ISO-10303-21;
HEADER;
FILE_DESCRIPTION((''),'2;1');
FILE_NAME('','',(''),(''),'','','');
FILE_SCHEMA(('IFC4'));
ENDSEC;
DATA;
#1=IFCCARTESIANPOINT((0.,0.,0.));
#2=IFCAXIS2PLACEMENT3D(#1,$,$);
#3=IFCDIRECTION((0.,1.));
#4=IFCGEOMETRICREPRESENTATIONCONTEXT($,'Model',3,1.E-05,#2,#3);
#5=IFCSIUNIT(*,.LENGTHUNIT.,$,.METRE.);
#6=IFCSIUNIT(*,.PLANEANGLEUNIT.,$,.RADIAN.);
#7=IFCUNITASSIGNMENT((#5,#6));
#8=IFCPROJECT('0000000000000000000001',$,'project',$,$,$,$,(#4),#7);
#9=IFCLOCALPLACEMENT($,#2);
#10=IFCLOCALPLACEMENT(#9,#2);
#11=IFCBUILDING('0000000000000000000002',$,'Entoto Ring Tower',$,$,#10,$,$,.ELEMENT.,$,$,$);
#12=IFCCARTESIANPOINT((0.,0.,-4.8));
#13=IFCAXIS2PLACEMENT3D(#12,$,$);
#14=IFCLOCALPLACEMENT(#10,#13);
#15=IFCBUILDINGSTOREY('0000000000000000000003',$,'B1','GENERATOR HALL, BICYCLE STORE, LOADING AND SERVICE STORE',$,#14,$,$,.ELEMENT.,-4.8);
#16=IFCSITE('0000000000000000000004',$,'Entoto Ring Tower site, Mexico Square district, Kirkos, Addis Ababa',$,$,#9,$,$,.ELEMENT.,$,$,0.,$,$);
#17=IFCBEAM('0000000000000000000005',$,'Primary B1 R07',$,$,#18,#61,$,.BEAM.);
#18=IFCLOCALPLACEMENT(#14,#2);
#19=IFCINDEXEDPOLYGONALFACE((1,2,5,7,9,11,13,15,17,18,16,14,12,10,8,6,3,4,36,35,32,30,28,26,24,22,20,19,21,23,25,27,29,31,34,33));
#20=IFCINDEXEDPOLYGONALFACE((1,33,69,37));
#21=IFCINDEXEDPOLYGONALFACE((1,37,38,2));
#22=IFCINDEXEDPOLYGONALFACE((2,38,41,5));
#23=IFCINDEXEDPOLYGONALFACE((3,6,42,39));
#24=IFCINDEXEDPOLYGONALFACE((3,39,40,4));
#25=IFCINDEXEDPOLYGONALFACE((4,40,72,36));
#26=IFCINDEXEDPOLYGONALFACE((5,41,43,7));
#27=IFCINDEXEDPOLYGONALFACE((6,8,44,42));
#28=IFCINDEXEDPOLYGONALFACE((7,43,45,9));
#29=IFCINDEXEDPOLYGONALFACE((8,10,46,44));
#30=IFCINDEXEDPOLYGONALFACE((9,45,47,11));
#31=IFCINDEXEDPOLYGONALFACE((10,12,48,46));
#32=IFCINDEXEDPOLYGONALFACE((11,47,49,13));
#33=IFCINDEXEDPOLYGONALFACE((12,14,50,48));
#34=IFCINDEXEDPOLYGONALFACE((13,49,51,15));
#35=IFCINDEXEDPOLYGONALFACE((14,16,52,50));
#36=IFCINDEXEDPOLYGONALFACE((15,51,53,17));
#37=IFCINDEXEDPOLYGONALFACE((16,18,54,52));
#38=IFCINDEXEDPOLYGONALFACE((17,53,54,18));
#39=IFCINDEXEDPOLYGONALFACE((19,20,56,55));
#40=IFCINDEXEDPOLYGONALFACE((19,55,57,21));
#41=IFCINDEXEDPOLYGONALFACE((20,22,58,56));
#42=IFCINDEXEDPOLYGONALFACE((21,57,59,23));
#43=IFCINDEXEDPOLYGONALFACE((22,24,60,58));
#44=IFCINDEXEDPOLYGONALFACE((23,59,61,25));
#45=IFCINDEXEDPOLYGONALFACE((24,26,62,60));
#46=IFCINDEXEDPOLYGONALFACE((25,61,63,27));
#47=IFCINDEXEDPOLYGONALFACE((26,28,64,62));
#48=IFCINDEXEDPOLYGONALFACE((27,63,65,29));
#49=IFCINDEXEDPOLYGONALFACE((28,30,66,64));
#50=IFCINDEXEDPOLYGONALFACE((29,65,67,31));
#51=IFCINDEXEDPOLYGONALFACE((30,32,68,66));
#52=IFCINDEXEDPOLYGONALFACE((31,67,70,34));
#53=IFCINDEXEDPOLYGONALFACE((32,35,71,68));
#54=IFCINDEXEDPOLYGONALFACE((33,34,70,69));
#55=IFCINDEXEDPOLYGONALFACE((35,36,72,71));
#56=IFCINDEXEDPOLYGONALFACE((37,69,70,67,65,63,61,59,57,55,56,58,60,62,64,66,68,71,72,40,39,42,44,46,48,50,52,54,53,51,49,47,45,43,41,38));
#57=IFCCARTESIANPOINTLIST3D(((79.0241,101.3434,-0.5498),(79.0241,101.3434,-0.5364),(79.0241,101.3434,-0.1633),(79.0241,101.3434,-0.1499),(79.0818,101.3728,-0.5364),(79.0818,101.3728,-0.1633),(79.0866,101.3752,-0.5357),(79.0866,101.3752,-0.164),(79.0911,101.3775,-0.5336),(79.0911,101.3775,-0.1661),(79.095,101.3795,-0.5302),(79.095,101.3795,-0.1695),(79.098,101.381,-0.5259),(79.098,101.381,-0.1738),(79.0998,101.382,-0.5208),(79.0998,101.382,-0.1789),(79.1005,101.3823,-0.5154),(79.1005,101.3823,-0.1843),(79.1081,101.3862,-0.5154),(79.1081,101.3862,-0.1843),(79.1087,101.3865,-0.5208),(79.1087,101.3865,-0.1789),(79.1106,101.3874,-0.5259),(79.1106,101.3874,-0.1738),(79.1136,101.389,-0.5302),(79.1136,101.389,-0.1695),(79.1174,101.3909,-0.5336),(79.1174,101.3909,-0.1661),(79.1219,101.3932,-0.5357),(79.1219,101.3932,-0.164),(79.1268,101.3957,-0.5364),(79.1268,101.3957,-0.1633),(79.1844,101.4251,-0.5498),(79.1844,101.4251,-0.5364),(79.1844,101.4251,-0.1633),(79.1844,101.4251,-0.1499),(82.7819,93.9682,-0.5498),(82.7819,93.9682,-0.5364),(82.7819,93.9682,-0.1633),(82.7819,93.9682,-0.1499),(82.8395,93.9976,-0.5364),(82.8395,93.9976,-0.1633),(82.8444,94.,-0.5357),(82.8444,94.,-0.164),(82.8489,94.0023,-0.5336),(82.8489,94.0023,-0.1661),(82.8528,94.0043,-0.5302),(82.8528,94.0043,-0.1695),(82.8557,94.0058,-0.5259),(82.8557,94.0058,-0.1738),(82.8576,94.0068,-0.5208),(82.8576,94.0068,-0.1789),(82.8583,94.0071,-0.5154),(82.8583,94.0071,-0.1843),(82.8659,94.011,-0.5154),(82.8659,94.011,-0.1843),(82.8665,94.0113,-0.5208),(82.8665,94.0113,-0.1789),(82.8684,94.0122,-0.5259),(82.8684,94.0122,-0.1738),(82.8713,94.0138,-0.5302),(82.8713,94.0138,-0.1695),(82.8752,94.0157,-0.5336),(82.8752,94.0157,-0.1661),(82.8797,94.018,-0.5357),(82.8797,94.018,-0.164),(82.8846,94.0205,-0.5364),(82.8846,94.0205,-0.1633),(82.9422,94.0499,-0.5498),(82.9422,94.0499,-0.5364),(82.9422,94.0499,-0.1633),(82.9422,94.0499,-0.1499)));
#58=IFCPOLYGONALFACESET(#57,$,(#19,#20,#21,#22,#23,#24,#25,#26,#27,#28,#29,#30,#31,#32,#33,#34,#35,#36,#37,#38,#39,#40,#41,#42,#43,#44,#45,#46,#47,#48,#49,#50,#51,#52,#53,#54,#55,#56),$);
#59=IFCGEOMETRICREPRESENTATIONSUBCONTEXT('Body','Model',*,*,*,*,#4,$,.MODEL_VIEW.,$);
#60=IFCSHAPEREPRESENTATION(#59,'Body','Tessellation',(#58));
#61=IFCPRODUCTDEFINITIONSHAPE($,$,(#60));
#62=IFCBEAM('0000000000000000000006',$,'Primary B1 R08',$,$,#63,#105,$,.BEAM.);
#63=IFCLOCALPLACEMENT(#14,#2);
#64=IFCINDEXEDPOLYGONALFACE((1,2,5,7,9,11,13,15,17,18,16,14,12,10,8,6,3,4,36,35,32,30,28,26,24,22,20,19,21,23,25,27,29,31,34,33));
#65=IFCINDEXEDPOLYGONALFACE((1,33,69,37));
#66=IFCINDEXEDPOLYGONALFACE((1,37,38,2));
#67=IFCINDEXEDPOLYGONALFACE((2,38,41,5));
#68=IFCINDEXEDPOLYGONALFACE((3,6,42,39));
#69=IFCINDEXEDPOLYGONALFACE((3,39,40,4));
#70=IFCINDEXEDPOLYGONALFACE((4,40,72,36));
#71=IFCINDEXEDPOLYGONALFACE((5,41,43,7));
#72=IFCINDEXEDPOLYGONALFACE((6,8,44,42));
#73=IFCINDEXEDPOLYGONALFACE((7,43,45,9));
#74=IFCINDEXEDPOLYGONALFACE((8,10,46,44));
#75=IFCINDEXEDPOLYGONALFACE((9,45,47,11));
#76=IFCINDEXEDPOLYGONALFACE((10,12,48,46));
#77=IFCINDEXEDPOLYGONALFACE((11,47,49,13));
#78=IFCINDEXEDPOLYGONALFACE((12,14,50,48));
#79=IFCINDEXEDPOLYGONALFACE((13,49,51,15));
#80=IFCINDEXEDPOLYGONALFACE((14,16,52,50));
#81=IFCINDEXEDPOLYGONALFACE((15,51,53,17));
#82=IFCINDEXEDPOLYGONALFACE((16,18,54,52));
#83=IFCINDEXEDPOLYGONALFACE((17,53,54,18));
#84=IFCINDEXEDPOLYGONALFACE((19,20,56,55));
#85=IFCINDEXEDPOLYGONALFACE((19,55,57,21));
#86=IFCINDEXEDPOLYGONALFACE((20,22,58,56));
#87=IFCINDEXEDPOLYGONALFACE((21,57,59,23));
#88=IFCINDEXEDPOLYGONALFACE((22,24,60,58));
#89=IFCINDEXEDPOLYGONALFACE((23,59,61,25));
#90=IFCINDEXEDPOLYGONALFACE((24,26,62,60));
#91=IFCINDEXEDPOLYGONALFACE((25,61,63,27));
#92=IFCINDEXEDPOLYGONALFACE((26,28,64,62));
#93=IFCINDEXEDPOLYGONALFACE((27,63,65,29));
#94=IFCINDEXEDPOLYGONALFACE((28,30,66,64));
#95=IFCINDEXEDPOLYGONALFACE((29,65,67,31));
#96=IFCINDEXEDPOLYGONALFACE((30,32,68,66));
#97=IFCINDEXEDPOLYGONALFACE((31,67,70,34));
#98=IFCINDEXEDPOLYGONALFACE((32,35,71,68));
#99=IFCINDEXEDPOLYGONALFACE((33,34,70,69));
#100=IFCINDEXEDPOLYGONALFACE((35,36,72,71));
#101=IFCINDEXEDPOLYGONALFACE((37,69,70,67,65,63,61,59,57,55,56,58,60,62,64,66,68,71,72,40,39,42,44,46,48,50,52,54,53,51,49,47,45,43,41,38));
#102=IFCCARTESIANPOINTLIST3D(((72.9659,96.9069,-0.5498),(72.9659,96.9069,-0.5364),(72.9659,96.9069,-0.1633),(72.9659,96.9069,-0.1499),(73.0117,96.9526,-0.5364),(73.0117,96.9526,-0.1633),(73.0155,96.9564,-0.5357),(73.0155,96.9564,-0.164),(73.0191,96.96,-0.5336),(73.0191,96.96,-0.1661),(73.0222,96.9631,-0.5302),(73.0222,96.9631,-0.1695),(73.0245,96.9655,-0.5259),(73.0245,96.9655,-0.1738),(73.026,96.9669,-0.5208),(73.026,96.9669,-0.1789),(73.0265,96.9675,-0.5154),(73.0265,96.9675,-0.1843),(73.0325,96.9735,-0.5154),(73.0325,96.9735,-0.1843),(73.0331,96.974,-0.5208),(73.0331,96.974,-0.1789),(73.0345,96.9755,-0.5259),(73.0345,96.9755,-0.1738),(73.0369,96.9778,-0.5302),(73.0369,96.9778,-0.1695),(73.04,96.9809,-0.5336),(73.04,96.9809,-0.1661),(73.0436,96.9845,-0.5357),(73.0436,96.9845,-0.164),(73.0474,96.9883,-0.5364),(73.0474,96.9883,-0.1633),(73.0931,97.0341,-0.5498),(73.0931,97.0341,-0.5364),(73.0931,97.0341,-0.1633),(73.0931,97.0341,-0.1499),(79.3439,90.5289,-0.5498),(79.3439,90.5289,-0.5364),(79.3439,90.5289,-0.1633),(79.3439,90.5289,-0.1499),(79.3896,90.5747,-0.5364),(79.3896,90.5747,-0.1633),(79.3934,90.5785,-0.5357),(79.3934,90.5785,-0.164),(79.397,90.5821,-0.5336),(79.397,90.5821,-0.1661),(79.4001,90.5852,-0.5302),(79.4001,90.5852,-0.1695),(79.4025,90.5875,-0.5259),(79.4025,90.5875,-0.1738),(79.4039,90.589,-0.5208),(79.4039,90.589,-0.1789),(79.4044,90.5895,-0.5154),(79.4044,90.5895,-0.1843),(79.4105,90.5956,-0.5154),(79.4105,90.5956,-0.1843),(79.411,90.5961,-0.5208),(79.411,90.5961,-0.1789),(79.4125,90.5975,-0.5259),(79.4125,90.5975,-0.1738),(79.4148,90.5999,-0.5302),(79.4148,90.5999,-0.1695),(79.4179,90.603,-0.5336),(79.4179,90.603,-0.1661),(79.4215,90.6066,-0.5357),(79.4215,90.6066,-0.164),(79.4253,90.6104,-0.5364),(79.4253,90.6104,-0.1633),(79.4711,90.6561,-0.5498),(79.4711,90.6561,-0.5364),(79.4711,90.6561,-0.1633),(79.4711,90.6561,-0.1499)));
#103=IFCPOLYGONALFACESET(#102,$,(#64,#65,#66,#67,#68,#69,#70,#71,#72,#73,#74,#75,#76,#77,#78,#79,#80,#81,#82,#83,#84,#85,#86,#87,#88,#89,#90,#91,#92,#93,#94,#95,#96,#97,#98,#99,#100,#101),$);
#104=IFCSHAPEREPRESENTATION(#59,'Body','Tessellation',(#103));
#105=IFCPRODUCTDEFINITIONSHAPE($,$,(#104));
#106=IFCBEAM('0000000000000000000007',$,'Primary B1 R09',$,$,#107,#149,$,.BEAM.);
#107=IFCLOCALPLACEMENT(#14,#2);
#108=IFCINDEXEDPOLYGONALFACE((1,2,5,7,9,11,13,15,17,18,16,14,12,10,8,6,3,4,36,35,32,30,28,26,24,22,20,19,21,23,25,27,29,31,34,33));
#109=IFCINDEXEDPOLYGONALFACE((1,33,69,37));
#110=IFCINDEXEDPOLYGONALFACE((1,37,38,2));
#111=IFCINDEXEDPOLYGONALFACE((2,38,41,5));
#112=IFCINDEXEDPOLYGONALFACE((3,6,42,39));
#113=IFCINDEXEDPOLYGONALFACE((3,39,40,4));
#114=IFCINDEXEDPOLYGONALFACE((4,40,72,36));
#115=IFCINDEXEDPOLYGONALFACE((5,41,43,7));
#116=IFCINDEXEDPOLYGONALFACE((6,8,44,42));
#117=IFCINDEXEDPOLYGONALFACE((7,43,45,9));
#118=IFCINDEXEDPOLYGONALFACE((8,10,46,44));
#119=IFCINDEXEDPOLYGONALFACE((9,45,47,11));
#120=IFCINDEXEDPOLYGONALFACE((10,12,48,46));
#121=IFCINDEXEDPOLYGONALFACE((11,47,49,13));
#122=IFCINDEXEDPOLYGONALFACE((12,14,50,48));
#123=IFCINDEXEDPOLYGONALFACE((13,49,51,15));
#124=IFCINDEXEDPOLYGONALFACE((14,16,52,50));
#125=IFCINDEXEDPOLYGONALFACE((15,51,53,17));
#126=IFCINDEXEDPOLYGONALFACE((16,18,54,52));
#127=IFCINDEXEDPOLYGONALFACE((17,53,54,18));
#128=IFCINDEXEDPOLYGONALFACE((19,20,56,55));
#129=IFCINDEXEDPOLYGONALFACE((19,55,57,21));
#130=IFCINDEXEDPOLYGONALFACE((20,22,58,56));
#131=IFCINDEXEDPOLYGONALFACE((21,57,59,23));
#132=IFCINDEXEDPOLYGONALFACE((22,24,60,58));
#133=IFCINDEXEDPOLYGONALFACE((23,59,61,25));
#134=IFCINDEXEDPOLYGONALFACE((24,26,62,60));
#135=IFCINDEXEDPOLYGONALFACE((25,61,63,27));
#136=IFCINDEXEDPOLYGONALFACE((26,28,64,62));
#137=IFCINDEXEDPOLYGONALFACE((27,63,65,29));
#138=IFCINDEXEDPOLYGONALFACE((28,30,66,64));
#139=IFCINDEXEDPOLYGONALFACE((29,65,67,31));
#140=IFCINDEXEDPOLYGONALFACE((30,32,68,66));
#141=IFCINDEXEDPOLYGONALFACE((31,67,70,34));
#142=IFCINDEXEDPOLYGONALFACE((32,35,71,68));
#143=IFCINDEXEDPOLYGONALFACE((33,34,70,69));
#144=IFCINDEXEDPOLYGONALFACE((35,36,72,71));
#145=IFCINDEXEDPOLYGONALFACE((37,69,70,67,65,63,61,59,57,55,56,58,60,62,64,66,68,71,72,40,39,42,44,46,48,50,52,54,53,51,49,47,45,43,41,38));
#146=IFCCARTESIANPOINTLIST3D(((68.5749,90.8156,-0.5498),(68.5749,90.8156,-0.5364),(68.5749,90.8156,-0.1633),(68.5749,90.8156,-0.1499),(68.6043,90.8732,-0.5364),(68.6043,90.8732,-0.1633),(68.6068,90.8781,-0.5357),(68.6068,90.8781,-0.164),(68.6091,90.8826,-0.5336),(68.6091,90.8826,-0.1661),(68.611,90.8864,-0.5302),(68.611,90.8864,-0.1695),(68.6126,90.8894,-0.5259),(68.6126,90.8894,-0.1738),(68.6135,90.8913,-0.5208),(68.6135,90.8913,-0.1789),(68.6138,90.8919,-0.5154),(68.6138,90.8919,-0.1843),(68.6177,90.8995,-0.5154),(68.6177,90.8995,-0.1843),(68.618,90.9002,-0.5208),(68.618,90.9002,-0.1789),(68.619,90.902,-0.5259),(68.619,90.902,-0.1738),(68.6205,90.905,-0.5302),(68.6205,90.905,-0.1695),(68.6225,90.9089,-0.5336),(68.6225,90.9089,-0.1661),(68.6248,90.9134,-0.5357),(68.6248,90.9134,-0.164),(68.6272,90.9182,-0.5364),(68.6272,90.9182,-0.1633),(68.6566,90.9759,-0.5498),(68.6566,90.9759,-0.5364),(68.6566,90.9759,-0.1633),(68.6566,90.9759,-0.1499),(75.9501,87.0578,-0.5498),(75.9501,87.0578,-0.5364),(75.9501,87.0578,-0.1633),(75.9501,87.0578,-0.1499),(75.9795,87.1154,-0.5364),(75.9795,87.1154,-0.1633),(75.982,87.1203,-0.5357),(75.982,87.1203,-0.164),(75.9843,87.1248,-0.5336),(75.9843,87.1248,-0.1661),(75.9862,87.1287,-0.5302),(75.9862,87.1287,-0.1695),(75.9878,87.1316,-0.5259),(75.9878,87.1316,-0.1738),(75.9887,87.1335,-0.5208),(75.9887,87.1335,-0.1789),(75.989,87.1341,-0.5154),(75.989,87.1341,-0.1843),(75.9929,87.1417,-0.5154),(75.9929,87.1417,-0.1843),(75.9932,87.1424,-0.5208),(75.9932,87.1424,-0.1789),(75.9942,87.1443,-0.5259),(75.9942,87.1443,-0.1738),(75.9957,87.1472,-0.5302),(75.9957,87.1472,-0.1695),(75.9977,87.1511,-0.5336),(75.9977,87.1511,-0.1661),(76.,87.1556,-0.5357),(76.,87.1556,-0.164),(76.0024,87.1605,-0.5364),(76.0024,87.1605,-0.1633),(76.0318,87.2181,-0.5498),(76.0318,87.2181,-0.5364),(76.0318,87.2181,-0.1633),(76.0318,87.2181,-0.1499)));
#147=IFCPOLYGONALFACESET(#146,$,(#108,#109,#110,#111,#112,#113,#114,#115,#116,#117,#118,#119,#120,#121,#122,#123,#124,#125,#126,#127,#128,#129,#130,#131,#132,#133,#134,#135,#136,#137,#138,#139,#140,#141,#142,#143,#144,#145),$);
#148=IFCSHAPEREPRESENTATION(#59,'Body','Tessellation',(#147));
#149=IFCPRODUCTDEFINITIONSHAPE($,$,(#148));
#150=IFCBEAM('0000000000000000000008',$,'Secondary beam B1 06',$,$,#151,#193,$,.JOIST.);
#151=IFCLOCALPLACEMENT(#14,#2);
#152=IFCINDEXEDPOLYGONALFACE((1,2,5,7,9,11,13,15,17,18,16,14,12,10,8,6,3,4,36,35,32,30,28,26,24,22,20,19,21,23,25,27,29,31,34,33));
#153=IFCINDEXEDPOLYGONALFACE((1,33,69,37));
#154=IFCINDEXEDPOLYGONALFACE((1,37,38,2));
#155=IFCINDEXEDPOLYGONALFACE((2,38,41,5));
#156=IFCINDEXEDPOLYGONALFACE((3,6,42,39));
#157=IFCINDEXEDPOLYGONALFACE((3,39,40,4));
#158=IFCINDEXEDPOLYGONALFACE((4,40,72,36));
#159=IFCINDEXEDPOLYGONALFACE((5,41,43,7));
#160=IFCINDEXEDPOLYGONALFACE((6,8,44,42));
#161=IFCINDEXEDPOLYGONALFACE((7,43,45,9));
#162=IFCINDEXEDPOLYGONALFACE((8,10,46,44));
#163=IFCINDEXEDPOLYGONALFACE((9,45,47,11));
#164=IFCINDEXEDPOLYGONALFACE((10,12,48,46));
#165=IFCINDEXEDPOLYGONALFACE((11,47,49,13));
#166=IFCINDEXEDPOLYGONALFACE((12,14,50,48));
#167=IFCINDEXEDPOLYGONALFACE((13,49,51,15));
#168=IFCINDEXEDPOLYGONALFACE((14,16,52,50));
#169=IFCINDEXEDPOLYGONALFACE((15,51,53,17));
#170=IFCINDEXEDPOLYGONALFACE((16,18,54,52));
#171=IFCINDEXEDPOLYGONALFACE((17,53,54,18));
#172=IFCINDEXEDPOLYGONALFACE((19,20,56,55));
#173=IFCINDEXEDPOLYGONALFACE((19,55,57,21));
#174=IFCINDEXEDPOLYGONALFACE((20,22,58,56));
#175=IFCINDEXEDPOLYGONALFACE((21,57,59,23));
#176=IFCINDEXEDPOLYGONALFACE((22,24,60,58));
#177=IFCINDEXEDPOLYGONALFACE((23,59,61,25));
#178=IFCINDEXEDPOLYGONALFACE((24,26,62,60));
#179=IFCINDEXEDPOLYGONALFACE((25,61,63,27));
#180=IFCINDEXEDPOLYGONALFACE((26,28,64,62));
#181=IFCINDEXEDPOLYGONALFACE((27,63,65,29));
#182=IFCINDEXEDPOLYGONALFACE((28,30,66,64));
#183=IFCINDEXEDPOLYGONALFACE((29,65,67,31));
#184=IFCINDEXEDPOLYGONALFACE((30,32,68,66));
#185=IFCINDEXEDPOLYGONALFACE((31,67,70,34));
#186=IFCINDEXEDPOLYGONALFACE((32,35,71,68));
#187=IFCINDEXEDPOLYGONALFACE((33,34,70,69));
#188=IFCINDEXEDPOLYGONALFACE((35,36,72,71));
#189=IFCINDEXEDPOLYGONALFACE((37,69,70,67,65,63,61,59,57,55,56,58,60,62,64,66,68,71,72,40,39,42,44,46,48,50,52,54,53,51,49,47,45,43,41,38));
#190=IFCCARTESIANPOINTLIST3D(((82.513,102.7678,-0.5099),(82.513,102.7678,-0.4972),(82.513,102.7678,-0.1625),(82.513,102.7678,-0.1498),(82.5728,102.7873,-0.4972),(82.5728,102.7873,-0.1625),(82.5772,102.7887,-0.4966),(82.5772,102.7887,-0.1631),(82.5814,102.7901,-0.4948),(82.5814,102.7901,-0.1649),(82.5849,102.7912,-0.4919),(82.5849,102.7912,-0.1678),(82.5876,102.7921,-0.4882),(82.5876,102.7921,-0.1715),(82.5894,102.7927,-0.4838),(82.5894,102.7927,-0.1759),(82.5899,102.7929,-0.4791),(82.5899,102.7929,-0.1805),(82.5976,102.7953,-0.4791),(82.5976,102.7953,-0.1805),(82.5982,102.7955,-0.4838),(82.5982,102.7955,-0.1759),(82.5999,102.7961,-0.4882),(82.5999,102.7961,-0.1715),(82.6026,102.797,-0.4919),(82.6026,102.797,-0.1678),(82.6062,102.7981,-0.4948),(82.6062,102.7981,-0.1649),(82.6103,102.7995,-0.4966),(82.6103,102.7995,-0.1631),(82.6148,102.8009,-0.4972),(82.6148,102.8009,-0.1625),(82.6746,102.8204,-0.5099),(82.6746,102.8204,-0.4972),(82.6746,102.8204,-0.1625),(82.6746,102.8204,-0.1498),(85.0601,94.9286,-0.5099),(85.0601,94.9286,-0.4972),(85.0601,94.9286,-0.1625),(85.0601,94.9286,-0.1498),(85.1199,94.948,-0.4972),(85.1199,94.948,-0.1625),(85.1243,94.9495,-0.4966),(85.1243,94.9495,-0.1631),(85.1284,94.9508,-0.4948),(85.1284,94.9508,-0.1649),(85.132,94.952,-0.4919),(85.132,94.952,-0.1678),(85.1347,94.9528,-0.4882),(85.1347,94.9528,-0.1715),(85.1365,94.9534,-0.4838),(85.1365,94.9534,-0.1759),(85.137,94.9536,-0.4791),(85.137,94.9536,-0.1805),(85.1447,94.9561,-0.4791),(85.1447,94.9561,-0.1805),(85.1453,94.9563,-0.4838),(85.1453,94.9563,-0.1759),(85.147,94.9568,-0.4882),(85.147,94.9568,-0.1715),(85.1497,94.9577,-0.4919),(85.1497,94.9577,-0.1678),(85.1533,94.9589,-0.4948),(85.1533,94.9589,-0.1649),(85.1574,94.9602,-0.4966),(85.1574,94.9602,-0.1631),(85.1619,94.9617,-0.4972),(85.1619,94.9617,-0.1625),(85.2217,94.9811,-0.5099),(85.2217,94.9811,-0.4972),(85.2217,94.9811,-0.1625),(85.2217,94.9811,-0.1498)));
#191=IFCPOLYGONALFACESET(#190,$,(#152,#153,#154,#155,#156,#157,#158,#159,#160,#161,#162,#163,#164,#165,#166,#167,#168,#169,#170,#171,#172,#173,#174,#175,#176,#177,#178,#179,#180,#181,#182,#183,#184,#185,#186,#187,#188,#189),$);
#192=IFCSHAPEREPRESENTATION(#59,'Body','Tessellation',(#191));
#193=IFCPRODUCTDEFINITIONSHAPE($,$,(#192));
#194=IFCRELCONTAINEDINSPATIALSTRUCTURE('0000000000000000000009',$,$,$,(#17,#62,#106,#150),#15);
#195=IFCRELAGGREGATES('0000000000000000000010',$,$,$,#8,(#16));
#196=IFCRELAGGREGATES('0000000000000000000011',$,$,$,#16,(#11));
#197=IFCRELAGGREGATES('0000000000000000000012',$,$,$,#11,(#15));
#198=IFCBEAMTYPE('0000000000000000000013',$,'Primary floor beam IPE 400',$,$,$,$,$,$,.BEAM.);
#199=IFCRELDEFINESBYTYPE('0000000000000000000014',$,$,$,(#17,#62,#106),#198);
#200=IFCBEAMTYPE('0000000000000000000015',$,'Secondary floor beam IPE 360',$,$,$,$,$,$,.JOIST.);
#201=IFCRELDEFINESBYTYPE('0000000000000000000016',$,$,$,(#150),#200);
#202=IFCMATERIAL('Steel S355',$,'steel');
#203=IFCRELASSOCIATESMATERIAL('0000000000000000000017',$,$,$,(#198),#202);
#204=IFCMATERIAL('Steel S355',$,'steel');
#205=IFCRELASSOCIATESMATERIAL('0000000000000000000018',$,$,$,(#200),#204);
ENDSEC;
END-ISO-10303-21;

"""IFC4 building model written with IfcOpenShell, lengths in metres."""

from ifc_helpers import new_model, si_unit, direction, frame, origin, origin_2d, place, context, subcontext, project, spatial, i_section, extrude, material, material_profile, profile_set, type_object, element, save


model = new_model("IFC4")

# Units and contexts
model_context = context("Model", 3, precision=1e-05, world=origin(), true_north=direction((0.0, 1.0)))
body_context = subcontext(model_context, "Body", "Model", "MODEL_VIEW")
ifc_project = project(units=[si_unit("LENGTHUNIT", "METRE"), si_unit("PLANEANGLEUNIT", "RADIAN")], contexts=[model_context])

# Site, building, storey
site_placement = place(None, origin())
site = spatial("IfcSite", under=ifc_project, at=site_placement, Name="Entoto Ring Tower site, Mexico Square district, Kirkos, Addis Ababa", CompositionType="ELEMENT", RefElevation=0.0)
building_placement = place(site_placement, origin())
building = spatial("IfcBuilding", under=site, at=building_placement, Name="Entoto Ring Tower", CompositionType="ELEMENT")
storey_placement = place(building_placement, frame((0.0, 0.0, -4.8)))
storey = spatial("IfcBuildingStorey", under=building, at=storey_placement, Name="B1", Description="GENERATOR HALL, BICYCLE STORE, LOADING AND SERVICE STORE", CompositionType="ELEMENT", Elevation=-4.8)

# Beams
ifc_material_1 = material(Name="Steel S355", Category="steel")
ifc_material_profile_1 = material_profile(ifc_material_1, i_section(OverallWidth=0.1799, OverallDepth=0.3999, WebThickness=0.0085, FlangeThickness=0.0134, FilletRadius=0.021, at=origin_2d()), Name="IPE 400")
ifc_profile_set_1 = profile_set([ifc_material_profile_1], Name="Steel S355")
beam_type_1 = type_object("IfcBeamType", Name="Primary floor beam IPE 400", PredefinedType="BEAM", material=ifc_profile_set_1)
beam_1_placement = place(storey_placement, frame((82.8621, 94.009, -0.3499), z_axis=(-0.453985, 0.89101, 0.0), x_axis=(-0.89101, -0.453985, 0.0)))
element("IfcBeam", 1, at=beam_1_placement, inside=storey, type_object=beam_type_1, Name="Primary B1 R07", PredefinedType="BEAM", context=body_context, shape_type="SweptSolid", body=[
    extrude(i_section(OverallWidth=0.1799, OverallDepth=0.3999, WebThickness=0.0085, FlangeThickness=0.0134, FilletRadius=0.021, at=origin_2d()), origin(), (0.0, 0.0, 1.0), 8.2773),
])
beam_2_placement = place(storey_placement, frame((79.4075, 90.5925, -0.3499), z_axis=(-0.707107, 0.707107, 0.0), x_axis=(-0.707107, -0.707107, 0.0)))
element("IfcBeam", 2, at=beam_2_placement, inside=storey, type_object=beam_type_1, Name="Primary B1 R08", PredefinedType="BEAM", context=body_context, shape_type="SweptSolid", body=[
    extrude(i_section(OverallWidth=0.1799, OverallDepth=0.3999, WebThickness=0.0085, FlangeThickness=0.0134, FilletRadius=0.021, at=origin_2d()), origin(), (0.0, 0.0, 1.0), 9.0198),
])
beam_3_placement = place(storey_placement, frame((75.991, 87.1379, -0.3499), z_axis=(-0.89101, 0.453985, 0.0), x_axis=(-0.453985, -0.89101, 0.0)))
element("IfcBeam", 3, at=beam_3_placement, inside=storey, type_object=beam_type_1, Name="Primary B1 R09", PredefinedType="BEAM", context=body_context, shape_type="SweptSolid", body=[
    extrude(i_section(OverallWidth=0.1799, OverallDepth=0.3999, WebThickness=0.0085, FlangeThickness=0.0134, FilletRadius=0.021, at=origin_2d()), origin(), (0.0, 0.0, 1.0), 8.2773),
])
ifc_material_2 = material(Name="Steel S355", Category="steel")
ifc_material_profile_2 = material_profile(ifc_material_2, i_section(OverallWidth=0.1699, OverallDepth=0.3601, WebThickness=0.0081, FlangeThickness=0.0127, FilletRadius=0.0181, at=origin_2d()), Name="IPE 360")
ifc_profile_set_2 = profile_set([ifc_material_profile_2], Name="Steel S355")
beam_type_2 = type_object("IfcBeamType", Name="Secondary floor beam IPE 360", PredefinedType="JOIST", material=ifc_profile_set_2)
beam_4_placement = place(storey_placement, frame((85.1409, 94.9548, -0.3298), z_axis=(-0.309012, 0.951058, 0.0), x_axis=(-0.951058, -0.309012, 0.0)))
element("IfcBeam", 4, at=beam_4_placement, inside=storey, type_object=beam_type_2, Name="Secondary beam B1 06", PredefinedType="JOIST", context=body_context, shape_type="SweptSolid", body=[
    extrude(i_section(OverallWidth=0.1699, OverallDepth=0.3601, WebThickness=0.0081, FlangeThickness=0.0127, FilletRadius=0.0181, at=origin_2d()), origin(), (0.0, 0.0, 1.0), 8.2427),
])

save(model, "model.ifc")
